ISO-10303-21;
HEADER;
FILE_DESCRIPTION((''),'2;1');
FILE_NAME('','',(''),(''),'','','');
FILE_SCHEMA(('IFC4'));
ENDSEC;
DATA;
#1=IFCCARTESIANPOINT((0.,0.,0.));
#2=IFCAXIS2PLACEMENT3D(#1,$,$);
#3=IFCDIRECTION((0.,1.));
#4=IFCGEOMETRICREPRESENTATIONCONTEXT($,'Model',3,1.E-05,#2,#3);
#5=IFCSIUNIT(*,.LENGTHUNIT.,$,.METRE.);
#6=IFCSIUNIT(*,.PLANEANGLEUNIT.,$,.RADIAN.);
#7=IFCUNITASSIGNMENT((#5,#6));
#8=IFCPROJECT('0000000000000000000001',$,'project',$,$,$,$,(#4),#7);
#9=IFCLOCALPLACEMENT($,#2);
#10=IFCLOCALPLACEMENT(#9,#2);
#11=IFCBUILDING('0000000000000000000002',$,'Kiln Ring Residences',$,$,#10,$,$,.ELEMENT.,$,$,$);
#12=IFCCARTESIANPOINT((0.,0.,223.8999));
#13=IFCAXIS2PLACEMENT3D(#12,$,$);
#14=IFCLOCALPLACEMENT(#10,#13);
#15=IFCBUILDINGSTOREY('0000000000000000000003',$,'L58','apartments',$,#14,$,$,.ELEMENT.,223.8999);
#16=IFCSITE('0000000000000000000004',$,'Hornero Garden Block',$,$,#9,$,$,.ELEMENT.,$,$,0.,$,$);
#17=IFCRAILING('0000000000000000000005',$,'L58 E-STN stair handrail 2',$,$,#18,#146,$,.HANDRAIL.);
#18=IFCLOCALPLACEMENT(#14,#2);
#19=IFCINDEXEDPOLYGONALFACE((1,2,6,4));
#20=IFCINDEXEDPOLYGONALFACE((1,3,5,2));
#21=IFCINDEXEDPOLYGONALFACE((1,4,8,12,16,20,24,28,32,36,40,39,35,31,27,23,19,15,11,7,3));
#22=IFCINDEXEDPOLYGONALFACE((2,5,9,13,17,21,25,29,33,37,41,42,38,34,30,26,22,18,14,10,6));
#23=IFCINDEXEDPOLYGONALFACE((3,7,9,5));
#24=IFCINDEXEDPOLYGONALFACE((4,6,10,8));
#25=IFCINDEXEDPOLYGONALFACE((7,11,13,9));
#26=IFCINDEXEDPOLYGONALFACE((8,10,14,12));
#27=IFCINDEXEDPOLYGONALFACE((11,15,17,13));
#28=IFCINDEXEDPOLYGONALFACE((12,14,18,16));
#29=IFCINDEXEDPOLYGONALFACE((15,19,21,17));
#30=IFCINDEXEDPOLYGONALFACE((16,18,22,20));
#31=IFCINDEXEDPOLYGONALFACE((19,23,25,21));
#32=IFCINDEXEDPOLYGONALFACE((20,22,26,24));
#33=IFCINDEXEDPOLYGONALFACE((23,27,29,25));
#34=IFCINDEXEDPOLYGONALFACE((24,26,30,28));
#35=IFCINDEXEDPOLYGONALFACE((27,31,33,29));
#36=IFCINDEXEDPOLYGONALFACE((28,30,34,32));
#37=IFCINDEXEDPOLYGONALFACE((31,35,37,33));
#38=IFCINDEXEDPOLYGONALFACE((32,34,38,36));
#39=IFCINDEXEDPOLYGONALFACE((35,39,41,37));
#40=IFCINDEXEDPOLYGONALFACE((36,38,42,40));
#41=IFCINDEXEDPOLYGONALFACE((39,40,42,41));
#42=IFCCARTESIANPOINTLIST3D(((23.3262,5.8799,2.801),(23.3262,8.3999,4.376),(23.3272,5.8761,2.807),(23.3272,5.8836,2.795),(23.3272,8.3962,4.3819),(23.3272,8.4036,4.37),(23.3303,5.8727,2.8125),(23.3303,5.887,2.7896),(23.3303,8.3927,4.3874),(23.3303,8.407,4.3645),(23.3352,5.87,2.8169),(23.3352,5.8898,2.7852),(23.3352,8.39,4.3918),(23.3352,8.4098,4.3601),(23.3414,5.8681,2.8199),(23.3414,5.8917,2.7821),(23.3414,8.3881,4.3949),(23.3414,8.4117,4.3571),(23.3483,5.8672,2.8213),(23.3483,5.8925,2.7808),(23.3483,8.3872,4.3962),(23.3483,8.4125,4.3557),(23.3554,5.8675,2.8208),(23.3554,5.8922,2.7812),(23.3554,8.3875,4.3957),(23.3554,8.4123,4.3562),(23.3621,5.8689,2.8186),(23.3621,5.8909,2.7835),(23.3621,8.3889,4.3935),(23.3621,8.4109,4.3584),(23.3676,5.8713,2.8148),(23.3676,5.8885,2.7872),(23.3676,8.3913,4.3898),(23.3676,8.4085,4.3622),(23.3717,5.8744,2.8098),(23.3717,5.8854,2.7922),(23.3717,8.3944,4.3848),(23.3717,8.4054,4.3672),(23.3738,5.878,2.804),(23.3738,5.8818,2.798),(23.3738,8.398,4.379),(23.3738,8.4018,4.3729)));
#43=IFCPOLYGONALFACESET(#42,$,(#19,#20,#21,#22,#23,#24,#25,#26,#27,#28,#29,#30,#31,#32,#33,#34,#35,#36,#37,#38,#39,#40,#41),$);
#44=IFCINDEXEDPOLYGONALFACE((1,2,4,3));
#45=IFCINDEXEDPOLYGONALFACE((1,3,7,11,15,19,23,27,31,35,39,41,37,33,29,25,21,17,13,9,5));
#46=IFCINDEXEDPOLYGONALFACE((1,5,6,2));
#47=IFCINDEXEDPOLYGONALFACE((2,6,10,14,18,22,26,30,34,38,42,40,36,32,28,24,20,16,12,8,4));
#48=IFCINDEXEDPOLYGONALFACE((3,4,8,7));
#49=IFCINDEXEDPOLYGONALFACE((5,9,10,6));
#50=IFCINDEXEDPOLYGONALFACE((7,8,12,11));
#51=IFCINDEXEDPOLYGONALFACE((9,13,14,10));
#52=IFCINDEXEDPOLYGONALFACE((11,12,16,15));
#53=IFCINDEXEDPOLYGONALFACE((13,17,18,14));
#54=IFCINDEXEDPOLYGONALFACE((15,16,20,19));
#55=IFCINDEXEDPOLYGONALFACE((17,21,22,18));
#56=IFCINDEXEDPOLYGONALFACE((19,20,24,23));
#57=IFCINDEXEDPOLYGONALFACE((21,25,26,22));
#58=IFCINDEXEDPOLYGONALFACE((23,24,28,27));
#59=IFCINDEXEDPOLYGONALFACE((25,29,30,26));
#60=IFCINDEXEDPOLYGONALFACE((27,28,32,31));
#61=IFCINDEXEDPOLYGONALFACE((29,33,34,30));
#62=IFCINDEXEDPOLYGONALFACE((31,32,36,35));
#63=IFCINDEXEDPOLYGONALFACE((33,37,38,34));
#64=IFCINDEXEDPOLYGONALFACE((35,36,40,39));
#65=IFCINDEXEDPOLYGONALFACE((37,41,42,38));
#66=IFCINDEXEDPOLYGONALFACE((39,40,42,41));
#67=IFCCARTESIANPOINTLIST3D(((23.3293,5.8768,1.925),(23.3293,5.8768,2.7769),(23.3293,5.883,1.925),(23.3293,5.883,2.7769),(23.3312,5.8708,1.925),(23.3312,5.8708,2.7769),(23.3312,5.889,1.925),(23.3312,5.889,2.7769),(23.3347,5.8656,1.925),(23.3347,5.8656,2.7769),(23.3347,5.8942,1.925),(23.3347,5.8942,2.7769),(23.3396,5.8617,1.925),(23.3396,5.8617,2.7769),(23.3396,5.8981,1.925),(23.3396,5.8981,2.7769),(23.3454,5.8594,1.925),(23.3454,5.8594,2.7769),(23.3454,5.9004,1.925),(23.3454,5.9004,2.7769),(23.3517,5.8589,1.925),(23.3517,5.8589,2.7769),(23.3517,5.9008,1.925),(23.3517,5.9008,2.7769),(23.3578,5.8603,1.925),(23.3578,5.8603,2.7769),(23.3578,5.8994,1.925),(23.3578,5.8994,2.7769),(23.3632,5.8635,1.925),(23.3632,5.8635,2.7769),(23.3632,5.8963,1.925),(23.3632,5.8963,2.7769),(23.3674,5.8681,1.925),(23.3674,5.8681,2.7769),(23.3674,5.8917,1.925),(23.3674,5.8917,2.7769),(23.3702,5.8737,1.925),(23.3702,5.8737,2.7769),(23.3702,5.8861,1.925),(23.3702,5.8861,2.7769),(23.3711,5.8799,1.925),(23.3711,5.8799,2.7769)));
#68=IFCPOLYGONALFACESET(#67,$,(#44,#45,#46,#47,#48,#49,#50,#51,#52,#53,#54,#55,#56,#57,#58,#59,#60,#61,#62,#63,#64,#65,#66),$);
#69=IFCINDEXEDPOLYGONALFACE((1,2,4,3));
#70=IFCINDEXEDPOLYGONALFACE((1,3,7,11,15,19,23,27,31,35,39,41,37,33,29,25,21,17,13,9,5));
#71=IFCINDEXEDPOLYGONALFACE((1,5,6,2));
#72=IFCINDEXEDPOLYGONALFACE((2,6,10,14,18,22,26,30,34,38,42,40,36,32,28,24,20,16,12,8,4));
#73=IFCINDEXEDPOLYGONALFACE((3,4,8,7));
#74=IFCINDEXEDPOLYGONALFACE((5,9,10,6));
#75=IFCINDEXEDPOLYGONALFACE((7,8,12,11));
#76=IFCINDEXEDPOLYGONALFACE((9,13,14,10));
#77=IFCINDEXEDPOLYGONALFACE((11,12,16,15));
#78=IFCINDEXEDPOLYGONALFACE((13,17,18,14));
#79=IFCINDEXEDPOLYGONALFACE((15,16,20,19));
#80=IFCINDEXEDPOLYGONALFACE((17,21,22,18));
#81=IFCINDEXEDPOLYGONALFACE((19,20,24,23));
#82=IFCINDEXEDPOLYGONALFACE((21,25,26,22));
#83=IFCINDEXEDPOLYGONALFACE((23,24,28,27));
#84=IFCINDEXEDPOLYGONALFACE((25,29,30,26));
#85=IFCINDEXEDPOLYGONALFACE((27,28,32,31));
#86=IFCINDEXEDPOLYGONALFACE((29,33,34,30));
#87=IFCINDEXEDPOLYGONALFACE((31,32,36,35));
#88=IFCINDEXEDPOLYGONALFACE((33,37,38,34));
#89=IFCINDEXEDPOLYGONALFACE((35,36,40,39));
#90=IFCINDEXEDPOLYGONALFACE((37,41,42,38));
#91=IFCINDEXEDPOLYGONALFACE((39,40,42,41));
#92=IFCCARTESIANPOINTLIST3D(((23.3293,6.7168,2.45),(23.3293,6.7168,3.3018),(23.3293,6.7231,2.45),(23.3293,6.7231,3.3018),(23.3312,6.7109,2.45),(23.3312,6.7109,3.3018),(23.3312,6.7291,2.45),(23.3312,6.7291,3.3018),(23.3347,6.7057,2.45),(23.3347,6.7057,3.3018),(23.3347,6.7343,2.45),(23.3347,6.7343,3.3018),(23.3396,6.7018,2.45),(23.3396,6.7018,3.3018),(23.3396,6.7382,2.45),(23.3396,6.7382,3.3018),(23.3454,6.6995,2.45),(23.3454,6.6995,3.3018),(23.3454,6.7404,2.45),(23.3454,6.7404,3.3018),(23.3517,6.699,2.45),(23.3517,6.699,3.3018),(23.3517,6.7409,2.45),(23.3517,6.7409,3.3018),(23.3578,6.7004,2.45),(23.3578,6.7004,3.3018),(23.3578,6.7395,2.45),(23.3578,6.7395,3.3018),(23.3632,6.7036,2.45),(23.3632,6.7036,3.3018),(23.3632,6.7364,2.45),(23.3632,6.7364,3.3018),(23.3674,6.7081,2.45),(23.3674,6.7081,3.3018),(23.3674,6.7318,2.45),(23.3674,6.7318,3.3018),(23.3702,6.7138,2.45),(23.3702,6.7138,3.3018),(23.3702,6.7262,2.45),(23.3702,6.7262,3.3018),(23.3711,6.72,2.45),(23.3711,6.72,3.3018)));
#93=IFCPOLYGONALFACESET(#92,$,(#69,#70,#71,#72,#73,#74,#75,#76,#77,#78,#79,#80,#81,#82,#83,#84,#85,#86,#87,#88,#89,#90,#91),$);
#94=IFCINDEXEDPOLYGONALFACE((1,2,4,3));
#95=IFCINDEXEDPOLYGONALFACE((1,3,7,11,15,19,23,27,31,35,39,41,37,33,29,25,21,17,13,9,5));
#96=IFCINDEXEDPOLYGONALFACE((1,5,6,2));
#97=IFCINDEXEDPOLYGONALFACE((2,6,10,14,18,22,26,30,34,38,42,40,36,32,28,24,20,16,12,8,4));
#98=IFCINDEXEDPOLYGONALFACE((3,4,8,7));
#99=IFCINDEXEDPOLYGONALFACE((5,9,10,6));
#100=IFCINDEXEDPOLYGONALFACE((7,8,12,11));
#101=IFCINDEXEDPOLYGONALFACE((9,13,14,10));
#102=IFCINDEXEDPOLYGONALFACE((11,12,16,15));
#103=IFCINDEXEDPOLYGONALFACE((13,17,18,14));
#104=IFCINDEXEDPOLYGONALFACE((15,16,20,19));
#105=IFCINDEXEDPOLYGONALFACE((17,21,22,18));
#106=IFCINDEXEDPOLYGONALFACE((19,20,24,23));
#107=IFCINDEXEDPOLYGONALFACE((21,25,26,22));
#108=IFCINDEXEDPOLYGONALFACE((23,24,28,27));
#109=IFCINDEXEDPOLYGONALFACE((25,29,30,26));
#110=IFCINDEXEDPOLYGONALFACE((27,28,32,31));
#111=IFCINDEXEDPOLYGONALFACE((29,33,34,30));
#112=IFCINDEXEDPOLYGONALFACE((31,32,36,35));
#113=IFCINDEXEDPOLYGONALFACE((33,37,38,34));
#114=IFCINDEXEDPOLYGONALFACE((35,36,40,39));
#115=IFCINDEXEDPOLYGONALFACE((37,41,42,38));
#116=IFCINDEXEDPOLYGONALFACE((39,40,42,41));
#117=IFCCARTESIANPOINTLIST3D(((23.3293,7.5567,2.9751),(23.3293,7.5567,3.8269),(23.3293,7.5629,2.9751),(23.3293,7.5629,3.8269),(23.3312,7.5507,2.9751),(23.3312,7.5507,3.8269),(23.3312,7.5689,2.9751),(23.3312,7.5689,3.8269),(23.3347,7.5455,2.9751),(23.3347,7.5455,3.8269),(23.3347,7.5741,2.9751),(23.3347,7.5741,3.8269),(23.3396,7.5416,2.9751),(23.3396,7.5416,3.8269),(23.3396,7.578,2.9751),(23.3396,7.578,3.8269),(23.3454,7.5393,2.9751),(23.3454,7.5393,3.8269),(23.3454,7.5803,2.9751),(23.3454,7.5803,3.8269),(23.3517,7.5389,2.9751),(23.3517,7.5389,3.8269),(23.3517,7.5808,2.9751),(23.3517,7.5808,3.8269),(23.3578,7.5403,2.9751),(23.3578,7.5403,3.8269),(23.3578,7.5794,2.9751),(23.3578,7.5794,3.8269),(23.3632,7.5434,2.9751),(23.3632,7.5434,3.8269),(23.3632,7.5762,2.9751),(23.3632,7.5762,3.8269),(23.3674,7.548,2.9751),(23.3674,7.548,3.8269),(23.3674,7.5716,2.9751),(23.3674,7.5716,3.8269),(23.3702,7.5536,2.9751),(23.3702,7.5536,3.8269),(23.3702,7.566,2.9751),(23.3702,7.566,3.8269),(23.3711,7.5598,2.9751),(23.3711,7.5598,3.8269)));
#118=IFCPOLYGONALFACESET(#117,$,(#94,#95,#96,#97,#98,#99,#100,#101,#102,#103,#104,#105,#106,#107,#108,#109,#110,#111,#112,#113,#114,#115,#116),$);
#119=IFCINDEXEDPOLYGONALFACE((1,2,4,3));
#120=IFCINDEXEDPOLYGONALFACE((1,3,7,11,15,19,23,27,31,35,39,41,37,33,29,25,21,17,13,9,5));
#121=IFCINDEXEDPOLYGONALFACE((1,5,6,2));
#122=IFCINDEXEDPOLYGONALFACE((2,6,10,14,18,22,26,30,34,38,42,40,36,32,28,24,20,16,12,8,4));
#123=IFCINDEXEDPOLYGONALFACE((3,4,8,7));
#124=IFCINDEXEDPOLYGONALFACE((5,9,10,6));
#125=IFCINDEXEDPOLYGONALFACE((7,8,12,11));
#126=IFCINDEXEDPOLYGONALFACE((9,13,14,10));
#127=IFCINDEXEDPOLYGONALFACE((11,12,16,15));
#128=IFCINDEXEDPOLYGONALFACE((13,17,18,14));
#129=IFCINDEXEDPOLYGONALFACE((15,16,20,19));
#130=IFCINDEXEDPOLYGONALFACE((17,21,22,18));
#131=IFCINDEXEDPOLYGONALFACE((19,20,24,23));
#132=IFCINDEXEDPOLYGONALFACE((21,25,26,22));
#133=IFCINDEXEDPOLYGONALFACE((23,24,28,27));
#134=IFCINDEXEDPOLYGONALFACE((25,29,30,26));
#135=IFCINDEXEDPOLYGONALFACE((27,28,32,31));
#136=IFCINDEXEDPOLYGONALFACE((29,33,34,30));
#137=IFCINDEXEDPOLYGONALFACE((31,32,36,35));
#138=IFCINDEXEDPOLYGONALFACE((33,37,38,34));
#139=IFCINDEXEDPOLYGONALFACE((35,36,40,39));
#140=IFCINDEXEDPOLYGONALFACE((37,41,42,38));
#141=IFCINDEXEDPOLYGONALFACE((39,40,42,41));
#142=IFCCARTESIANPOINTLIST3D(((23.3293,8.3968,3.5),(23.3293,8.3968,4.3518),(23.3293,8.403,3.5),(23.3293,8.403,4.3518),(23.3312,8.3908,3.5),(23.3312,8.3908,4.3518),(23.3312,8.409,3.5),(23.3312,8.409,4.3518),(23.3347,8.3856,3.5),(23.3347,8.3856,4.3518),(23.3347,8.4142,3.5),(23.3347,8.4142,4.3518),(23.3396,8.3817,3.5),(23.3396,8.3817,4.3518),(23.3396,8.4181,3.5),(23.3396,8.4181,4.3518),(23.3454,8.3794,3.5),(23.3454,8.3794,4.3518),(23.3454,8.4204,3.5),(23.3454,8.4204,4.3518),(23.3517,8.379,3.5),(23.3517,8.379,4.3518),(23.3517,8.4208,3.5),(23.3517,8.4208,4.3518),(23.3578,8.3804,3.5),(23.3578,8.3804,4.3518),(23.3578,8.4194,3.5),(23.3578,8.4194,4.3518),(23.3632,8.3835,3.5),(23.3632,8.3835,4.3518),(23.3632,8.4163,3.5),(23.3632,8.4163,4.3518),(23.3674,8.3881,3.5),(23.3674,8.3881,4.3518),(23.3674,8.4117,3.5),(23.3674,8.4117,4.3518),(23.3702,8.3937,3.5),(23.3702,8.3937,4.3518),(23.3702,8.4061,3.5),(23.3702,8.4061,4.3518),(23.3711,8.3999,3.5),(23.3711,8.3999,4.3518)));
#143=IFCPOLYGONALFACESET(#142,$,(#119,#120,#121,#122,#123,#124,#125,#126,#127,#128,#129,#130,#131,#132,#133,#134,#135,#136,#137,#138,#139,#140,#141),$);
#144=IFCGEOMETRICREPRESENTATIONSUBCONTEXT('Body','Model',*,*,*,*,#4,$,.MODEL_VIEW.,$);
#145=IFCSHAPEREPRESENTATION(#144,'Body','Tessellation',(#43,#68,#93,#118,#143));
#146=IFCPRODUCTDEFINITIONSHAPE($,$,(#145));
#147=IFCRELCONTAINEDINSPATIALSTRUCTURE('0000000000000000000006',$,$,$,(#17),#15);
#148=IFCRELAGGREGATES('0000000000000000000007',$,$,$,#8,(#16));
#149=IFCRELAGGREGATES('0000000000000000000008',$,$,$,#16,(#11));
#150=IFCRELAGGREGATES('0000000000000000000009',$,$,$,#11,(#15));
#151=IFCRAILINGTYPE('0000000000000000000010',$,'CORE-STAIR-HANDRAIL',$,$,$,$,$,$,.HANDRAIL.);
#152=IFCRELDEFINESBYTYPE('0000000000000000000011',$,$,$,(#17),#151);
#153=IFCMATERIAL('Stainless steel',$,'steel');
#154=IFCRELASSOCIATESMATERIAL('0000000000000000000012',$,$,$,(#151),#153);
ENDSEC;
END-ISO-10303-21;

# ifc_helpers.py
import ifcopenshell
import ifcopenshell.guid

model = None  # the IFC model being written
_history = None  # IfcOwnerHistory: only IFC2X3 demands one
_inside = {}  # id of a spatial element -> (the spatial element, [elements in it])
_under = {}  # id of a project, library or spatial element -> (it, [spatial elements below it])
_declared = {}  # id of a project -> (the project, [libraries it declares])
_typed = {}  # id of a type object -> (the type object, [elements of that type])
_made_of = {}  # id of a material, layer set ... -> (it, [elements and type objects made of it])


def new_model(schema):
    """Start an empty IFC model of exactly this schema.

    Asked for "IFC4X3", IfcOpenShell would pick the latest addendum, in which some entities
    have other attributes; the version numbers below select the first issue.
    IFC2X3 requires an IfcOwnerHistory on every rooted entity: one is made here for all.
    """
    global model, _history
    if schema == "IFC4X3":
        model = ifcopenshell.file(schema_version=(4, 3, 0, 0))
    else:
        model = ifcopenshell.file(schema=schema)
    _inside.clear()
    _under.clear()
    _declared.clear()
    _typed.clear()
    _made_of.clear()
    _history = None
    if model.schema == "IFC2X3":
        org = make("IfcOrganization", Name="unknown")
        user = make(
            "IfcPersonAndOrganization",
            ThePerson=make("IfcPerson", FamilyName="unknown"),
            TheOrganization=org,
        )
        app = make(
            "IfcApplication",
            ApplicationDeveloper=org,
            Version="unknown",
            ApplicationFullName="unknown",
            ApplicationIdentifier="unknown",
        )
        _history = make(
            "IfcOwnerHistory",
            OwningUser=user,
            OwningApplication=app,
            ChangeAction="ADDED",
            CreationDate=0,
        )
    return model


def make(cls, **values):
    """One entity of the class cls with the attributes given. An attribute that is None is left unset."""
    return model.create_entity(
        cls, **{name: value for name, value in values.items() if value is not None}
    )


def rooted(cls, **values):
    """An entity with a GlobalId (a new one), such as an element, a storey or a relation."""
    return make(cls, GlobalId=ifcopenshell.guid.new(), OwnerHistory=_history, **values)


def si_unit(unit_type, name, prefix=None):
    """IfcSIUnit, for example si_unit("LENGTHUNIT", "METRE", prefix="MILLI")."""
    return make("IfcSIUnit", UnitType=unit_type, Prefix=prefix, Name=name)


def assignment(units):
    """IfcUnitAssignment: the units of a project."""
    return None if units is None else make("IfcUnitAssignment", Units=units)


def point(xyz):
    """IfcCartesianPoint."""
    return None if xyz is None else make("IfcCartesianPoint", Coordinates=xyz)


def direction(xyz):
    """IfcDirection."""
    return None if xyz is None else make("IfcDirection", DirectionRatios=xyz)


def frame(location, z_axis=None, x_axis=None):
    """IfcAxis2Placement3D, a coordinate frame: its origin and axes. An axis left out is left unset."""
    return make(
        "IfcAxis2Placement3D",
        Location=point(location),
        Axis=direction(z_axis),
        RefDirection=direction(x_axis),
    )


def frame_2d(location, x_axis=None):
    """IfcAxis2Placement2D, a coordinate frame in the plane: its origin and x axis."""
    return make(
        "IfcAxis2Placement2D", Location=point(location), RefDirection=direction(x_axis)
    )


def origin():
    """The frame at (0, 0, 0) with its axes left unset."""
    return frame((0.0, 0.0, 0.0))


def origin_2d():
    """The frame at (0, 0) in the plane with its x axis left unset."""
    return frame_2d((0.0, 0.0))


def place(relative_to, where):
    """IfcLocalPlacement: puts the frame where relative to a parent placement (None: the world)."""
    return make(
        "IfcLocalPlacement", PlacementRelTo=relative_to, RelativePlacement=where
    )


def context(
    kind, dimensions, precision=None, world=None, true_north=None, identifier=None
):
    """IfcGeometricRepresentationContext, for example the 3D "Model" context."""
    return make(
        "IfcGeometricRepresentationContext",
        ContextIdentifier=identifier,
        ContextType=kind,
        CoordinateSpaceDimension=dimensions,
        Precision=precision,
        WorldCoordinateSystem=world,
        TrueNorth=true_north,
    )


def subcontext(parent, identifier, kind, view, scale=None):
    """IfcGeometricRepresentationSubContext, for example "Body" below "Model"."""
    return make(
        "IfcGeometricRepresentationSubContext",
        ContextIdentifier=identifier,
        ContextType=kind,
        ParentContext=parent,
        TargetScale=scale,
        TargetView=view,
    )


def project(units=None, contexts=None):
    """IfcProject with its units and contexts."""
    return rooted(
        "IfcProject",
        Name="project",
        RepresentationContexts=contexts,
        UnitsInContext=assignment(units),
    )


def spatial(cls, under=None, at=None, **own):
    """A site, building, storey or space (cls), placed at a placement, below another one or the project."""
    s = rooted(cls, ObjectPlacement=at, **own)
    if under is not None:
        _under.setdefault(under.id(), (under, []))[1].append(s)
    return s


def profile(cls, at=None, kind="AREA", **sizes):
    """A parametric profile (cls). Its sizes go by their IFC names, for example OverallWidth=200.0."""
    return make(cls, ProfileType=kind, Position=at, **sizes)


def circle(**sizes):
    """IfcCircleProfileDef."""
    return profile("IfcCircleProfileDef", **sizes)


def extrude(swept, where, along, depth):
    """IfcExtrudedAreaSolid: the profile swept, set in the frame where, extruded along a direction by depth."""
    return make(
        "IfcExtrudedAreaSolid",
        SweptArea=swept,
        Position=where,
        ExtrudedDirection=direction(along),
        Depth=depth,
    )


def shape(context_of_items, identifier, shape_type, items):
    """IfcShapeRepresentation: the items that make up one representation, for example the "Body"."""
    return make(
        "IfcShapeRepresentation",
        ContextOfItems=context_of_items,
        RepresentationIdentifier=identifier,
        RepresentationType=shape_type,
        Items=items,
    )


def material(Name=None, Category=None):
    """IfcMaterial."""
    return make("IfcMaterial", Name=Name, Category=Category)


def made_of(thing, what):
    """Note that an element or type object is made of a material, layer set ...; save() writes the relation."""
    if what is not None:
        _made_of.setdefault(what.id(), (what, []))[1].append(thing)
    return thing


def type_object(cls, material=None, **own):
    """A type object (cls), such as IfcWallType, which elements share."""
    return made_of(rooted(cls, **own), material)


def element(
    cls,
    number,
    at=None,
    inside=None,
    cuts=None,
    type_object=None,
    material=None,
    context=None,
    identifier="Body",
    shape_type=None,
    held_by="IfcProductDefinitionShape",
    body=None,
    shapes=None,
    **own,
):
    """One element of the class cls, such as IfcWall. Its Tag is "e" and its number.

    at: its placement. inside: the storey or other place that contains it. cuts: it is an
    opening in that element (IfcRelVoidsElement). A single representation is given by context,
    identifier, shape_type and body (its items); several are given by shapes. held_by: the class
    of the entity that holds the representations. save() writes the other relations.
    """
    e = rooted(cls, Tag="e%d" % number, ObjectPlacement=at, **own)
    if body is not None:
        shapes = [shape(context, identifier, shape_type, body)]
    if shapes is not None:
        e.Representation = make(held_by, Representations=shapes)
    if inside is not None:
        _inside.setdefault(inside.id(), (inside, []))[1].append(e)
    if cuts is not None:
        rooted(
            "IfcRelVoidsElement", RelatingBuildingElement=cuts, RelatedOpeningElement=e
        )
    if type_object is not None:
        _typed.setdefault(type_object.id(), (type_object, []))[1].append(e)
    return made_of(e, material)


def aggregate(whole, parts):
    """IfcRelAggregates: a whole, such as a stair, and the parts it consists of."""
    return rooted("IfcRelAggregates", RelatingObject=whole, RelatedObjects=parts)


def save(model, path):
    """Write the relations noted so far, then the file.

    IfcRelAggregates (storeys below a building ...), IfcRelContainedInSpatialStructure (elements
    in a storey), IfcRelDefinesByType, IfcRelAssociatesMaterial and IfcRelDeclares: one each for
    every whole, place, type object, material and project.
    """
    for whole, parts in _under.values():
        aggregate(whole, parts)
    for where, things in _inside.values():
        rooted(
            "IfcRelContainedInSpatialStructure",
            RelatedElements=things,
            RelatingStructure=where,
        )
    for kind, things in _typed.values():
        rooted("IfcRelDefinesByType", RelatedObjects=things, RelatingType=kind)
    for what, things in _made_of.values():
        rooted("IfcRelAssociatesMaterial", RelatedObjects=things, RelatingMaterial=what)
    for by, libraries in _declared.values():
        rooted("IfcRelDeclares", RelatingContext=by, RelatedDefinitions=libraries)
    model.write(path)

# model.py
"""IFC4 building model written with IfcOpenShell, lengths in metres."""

from ifc_helpers import new_model, si_unit, direction, frame, origin, origin_2d, place, context, subcontext, project, spatial, circle, extrude, material, type_object, element, save


model = new_model("IFC4")

# Units and contexts
model_context = context("Model", 3, precision=1e-05, world=origin(), true_north=direction((0.0, 1.0)))
body_context = subcontext(model_context, "Body", "Model", "MODEL_VIEW")
ifc_project = project(units=[si_unit("LENGTHUNIT", "METRE"), si_unit("PLANEANGLEUNIT", "RADIAN")], contexts=[model_context])

# Site, building, storey
site_placement = place(None, origin())
site = spatial("IfcSite", under=ifc_project, at=site_placement, Name="Hornero Garden Block", CompositionType="ELEMENT", RefElevation=0.0)
building_placement = place(site_placement, origin())
building = spatial("IfcBuilding", under=site, at=building_placement, Name="Kiln Ring Residences", CompositionType="ELEMENT")
storey_placement = place(building_placement, frame((0.0, 0.0, 223.8999)))
storey = spatial("IfcBuildingStorey", under=building, at=storey_placement, Name="L58", Description="apartments", CompositionType="ELEMENT", Elevation=223.8999)

# Railing
ifc_material_1 = material(Name="Stainless steel", Category="steel")
railing_type_1 = type_object("IfcRailingType", Name="CORE-STAIR-HANDRAIL", PredefinedType="HANDRAIL", material=ifc_material_1)
railing_1_placement = place(storey_placement, frame((23.3501, 5.8799, 1.925)))
element("IfcRailing", 1, at=railing_1_placement, inside=storey, type_object=railing_type_1, Name="L58 E-STN stair handrail 2", PredefinedType="HANDRAIL", context=body_context, shape_type="SweptSolid", body=[
    extrude(circle(Radius=0.0239, at=origin_2d()), frame((0.0, 0.0, 0.876), z_axis=(0.0, 0.848008, 0.529984), x_axis=(-1.0, 0.0, 0.0)), (0.0, 0.0, 1.0), 2.9717),
    extrude(circle(Radius=0.021, at=origin_2d()), origin(), (0.0, 0.0, 1.0), 0.8518),
    extrude(circle(Radius=0.021, at=origin_2d()), frame((0.0, 0.8401, 0.5249)), (0.0, 0.0, 1.0), 0.8518),
    extrude(circle(Radius=0.021, at=origin_2d()), frame((0.0, 1.6799, 1.05)), (0.0, 0.0, 1.0), 0.8518),
    extrude(circle(Radius=0.021, at=origin_2d()), frame((0.0, 2.52, 1.575)), (0.0, 0.0, 1.0), 0.8518),
])

save(model, "model.ifc")
